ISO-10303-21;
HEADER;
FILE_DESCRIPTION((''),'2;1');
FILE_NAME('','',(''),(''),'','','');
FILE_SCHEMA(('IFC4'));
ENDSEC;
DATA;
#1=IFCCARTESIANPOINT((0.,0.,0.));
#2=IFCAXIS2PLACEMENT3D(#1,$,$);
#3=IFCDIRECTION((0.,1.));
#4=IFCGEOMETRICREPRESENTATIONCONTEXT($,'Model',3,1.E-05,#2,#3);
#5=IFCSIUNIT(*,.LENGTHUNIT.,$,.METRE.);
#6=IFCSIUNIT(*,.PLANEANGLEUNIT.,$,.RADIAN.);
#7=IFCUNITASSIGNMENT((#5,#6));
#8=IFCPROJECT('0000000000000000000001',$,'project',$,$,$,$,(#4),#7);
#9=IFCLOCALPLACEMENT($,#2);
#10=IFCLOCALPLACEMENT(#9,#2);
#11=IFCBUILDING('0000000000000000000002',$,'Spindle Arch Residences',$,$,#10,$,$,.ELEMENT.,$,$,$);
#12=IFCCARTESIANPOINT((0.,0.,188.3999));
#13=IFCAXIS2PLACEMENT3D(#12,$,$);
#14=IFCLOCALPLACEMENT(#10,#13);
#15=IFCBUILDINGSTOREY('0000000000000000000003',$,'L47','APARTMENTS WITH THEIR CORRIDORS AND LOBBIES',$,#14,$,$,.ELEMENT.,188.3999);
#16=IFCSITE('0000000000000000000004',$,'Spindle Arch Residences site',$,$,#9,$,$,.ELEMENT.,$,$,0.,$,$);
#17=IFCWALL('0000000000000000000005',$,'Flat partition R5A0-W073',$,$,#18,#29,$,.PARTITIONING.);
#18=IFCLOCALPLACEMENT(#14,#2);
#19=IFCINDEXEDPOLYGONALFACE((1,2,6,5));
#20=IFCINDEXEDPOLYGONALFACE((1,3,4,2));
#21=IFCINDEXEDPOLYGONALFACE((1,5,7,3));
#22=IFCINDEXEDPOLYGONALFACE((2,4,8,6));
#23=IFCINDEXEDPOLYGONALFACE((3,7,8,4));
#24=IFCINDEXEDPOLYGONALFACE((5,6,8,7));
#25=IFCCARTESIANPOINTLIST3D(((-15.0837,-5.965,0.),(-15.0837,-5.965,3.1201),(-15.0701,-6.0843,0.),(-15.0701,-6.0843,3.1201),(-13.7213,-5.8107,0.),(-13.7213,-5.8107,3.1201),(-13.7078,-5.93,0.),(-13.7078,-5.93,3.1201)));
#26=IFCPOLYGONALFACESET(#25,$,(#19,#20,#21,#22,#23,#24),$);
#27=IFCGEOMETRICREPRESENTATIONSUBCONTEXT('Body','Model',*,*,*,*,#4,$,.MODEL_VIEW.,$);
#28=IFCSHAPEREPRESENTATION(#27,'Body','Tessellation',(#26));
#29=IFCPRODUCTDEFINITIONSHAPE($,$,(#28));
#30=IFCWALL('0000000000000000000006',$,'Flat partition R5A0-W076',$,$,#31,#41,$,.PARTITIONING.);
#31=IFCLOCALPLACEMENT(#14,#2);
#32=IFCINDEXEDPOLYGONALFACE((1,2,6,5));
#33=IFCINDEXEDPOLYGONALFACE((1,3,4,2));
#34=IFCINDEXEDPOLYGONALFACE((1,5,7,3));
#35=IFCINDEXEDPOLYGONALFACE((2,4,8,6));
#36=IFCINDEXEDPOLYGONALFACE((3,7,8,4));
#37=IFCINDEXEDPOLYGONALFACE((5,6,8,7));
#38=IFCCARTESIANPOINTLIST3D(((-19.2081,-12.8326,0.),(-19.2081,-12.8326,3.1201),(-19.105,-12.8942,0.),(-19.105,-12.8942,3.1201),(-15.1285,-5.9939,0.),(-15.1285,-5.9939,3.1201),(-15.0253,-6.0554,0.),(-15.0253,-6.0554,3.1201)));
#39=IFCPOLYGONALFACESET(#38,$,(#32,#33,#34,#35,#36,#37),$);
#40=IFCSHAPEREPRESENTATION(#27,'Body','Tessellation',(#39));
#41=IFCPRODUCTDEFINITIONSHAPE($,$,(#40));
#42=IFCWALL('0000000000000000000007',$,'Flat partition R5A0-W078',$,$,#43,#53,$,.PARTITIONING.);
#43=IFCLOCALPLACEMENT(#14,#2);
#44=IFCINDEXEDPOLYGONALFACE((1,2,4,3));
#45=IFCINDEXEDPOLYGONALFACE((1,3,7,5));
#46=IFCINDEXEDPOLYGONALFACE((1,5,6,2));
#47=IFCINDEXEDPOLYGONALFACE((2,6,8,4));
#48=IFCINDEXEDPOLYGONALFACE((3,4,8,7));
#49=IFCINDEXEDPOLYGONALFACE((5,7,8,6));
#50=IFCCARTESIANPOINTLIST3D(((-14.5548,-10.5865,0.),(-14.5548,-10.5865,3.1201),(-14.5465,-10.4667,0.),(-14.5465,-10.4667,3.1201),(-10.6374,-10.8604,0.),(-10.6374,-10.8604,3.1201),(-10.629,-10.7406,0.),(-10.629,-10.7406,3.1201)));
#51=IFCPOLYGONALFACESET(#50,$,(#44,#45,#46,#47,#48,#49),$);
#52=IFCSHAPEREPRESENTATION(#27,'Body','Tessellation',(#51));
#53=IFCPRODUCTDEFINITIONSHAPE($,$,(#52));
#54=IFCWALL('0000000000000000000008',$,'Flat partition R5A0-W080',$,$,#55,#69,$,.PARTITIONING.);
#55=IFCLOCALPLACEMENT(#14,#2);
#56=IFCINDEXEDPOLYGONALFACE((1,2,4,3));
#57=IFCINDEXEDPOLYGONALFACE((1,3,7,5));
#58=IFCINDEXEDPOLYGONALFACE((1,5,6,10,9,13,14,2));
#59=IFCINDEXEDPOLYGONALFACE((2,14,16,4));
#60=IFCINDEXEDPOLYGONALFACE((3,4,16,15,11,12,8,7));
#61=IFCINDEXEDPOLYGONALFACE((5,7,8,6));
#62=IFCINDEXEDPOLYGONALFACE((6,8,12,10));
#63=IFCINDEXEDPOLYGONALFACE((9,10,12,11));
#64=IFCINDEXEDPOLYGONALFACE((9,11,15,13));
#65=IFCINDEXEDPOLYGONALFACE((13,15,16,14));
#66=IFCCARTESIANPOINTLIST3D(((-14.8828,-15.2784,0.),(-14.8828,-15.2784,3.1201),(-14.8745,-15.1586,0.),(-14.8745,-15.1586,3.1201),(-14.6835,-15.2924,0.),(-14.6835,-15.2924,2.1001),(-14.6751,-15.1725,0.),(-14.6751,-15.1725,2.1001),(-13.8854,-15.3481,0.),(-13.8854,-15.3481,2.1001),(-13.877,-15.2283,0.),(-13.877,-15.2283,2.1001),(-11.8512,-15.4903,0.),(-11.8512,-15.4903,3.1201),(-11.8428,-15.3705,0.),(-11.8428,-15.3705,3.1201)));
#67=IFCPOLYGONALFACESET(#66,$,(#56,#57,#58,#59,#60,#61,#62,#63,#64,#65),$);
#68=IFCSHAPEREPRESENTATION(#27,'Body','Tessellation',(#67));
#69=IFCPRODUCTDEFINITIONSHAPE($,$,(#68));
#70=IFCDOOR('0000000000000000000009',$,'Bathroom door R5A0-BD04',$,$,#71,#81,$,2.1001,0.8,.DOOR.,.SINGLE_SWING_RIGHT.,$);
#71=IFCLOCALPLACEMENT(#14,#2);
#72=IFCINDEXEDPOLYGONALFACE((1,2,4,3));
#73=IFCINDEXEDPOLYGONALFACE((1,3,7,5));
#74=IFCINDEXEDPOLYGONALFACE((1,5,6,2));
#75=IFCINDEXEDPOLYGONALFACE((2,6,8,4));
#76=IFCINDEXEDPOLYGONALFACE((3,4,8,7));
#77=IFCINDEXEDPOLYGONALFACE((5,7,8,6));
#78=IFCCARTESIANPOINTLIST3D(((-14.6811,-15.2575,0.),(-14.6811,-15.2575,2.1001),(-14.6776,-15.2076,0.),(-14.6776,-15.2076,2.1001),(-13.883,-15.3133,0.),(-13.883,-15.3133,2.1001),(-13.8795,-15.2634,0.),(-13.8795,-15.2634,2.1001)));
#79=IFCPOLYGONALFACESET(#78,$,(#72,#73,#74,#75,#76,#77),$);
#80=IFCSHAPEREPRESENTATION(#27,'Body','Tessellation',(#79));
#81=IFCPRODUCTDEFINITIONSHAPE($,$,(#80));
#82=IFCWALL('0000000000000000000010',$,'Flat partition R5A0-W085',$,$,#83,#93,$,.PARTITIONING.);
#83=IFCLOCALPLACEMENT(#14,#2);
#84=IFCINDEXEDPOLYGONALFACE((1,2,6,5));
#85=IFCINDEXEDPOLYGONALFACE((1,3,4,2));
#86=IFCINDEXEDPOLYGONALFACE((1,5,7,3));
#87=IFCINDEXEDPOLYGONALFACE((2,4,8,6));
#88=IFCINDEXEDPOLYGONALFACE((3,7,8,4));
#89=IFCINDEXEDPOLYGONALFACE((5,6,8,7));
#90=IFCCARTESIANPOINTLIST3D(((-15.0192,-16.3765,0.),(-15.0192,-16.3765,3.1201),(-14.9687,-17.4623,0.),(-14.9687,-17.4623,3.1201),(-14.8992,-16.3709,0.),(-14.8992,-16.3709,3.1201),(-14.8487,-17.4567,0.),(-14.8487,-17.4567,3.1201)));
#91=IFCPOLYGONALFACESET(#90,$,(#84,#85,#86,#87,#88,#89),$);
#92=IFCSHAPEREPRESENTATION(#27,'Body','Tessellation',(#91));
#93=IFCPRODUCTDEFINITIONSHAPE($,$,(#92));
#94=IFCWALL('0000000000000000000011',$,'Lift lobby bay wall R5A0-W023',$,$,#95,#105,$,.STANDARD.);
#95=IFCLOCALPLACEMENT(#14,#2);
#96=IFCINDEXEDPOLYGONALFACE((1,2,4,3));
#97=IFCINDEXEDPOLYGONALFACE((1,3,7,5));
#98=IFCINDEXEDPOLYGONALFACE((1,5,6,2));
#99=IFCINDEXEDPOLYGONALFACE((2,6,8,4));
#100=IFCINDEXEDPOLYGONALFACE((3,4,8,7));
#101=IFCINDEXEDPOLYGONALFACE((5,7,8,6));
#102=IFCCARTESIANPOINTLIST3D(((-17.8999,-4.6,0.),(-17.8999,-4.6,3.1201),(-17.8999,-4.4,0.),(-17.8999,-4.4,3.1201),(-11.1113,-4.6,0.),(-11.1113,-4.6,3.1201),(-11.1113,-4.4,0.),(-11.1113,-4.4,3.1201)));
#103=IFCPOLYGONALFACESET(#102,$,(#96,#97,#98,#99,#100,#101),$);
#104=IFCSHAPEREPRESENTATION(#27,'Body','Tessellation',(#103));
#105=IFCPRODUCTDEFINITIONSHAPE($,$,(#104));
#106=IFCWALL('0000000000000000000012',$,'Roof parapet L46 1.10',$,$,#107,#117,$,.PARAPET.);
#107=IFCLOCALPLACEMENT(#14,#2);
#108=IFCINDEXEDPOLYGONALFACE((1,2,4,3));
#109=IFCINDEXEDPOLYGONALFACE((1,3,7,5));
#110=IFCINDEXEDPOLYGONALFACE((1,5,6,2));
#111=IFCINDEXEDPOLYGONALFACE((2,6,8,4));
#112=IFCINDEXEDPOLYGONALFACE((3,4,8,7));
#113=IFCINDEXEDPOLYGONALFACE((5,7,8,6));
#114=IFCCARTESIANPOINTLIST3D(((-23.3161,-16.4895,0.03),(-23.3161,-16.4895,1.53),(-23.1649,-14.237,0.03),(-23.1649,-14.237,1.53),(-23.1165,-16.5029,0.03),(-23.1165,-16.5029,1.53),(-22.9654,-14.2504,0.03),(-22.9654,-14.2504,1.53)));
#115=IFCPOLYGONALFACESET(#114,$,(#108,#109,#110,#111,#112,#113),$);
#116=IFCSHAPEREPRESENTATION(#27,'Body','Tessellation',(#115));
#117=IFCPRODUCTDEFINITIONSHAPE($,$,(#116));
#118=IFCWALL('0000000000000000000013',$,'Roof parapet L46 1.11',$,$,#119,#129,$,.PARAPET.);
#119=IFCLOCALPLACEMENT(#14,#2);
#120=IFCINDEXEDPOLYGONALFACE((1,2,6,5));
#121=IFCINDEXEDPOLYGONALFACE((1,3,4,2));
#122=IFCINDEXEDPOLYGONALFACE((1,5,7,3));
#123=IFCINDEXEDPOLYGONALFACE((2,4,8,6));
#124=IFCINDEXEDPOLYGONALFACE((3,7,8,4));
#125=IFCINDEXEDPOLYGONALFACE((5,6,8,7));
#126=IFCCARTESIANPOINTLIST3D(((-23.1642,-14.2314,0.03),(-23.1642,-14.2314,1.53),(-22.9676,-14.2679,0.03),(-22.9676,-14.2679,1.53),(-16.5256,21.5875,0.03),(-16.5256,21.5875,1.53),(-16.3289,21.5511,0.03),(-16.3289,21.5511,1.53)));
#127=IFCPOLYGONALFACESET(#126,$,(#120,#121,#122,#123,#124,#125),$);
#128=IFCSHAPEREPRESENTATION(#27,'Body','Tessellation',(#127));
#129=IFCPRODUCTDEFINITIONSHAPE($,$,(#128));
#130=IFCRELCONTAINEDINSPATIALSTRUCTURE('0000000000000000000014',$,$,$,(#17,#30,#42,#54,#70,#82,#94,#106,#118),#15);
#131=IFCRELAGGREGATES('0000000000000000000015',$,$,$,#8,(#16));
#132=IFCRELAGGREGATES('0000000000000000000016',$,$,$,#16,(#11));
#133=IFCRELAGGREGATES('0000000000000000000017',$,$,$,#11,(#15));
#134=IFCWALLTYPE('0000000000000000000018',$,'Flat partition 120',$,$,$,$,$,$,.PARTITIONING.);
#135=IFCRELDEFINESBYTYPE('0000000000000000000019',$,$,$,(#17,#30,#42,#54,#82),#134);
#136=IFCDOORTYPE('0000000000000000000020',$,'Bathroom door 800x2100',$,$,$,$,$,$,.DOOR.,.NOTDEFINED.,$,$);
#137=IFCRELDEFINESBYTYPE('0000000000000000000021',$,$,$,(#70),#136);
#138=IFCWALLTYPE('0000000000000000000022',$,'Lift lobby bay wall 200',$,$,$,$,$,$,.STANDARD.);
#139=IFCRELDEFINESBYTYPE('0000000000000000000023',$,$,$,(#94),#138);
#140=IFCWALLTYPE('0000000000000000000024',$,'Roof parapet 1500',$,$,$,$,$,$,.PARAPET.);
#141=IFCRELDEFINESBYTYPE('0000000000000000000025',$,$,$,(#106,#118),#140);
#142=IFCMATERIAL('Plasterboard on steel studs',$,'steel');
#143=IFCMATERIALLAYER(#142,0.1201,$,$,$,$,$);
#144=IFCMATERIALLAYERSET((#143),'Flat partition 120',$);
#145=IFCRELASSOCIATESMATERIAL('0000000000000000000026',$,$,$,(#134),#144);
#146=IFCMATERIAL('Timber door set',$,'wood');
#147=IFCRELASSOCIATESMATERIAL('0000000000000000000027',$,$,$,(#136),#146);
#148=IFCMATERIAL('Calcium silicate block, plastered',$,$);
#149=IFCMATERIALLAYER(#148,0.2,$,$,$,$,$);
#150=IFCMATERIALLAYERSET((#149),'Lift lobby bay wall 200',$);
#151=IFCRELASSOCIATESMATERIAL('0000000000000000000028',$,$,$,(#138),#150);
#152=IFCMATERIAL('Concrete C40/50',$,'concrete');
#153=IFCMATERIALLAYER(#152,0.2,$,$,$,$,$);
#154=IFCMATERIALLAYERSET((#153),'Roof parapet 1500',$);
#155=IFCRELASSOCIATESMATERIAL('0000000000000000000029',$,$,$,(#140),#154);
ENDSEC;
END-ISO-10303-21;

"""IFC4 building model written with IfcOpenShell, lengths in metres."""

from ifc_helpers import new_model, si_unit, direction, frame, frame_2d, origin, place, context, subcontext, project, spatial, rectangle, extrude, material, layer, layer_set, type_object, element, fill, save


model = new_model("IFC4")

# Units and contexts
model_context = context("Model", 3, precision=1e-05, world=origin(), true_north=direction((0.0, 1.0)))
body_context = subcontext(model_context, "Body", "Model", "MODEL_VIEW")
ifc_project = project(units=[si_unit("LENGTHUNIT", "METRE"), si_unit("PLANEANGLEUNIT", "RADIAN")], contexts=[model_context])

# Site, building, storey
site_placement = place(None, origin())
site = spatial("IfcSite", under=ifc_project, at=site_placement, Name="Spindle Arch Residences site", CompositionType="ELEMENT", RefElevation=0.0)
building_placement = place(site_placement, origin())
building = spatial("IfcBuilding", under=site, at=building_placement, Name="Spindle Arch Residences", CompositionType="ELEMENT")
storey_placement = place(building_placement, frame((0.0, 0.0, 188.3999)))
storey = spatial("IfcBuildingStorey", under=building, at=storey_placement, Name="L47", Description="APARTMENTS WITH THEIR CORRIDORS AND LOBBIES", CompositionType="ELEMENT", Elevation=188.3999)

# Shared definitions
ifc_material_1 = material(Name="Plasterboard on steel studs", Category="steel")
ifc_layer_1 = layer(ifc_material_1, 0.1201)
ifc_layer_set_1 = layer_set([ifc_layer_1], Name="Flat partition 120")
wall_type_1 = type_object("IfcWallType", Name="Flat partition 120", PredefinedType="PARTITIONING", material=ifc_layer_set_1)

# Walls
wall_1_placement = place(storey_placement, frame((-15.0769, -6.0247, 0.0), z_axis=(0.0, 0.0, 1.0), x_axis=(0.993647, 0.112542, 0.0)))
element("IfcWall", 1, at=wall_1_placement, inside=storey, type_object=wall_type_1, Name="Flat partition R5A0-W073", PredefinedType="PARTITIONING", context=body_context, shape_type="SweptSolid", body=[
    extrude(rectangle(XDim=1.3711, YDim=0.1201, at=frame_2d((0.6855, 0.0))), origin(), (0.0, 0.0, 1.0), 3.1201),
])
wall_2_placement = place(storey_placement, frame((-19.1565, -12.8633, 0.0), z_axis=(0.0, 0.0, 1.0), x_axis=(0.512316, 0.858797, 0.0)))
element("IfcWall", 2, at=wall_2_placement, inside=storey, type_object=wall_type_1, Name="Flat partition R5A0-W076", PredefinedType="PARTITIONING", context=body_context, shape_type="SweptSolid", body=[
    extrude(rectangle(XDim=7.9631, YDim=0.1201, at=frame_2d((3.9814, 0.0))), origin(), (0.0, 0.0, 1.0), 3.1201),
])
wall_3_placement = place(storey_placement, frame((-14.5505, -10.5266, 0.0), z_axis=(0.0, 0.0, 1.0), x_axis=(0.997564, -0.069754, 0.0)))
element("IfcWall", 3, at=wall_3_placement, inside=storey, type_object=wall_type_1, Name="Flat partition R5A0-W078", PredefinedType="PARTITIONING", context=body_context, shape_type="SweptSolid", body=[
    extrude(rectangle(XDim=3.927, YDim=0.1201, at=frame_2d((1.9634, 0.0))), origin(), (0.0, 0.0, 1.0), 3.1201),
])

# Wall, opening, door
wall_4_placement = place(storey_placement, frame((-14.8787, -15.2185, 0.0), z_axis=(0.0, 0.0, 1.0), x_axis=(0.997566, -0.069728, 0.0)))
wall_4 = element("IfcWall", 4, at=wall_4_placement, inside=storey, type_object=wall_type_1, Name="Flat partition R5A0-W080", PredefinedType="PARTITIONING", context=body_context, shape_type="SweptSolid", body=[
    extrude(rectangle(XDim=3.0391, YDim=0.1201, at=frame_2d((1.5195, 0.0))), origin(), (0.0, 0.0, 1.0), 3.1201),
])
opening_1_placement = place(wall_4_placement, frame((0.2, 0.0, 0.0)))
opening_1 = element("IfcOpeningElement", 5, at=opening_1_placement, cuts=wall_4, PredefinedType="OPENING", context=body_context, shape_type="SweptSolid", body=[
    extrude(rectangle(XDim=0.8, YDim=2.1001, at=frame_2d((0.3999, 1.05))), frame((0.0, 0.0701, 0.0), z_axis=(0.0, -1.0, 0.0), x_axis=(1.0, 0.0, 0.0)), (0.0, 0.0, 1.0), 0.1401),
])
ifc_material_2 = material(Name="Timber door set", Category="wood")
door_type_1 = type_object("IfcDoorType", Name="Bathroom door 800x2100", OperationType="NOTDEFINED", PredefinedType="DOOR", material=ifc_material_2)
door_1_placement = place(opening_1_placement, origin())
door_1 = element("IfcDoor", 6, at=door_1_placement, inside=storey, type_object=door_type_1, Name="Bathroom door R5A0-BD04", OperationType="SINGLE_SWING_RIGHT", OverallHeight=2.1001, OverallWidth=0.8, PredefinedType="DOOR", context=body_context, shape_type="SweptSolid", body=[
    extrude(rectangle(XDim=0.8, YDim=2.1001, at=frame_2d((0.3999, 1.05))), frame((0.0, 0.0249, 0.0), z_axis=(0.0, -1.0, 0.0), x_axis=(1.0, 0.0, 0.0)), (0.0, 0.0, 1.0), 0.05),
])
fill(opening_1, door_1)

# Walls
wall_5_placement = place(storey_placement, frame((-14.9087, -17.4595, 0.0), z_axis=(0.0, 0.0, 1.0), x_axis=(-0.046498, 0.998918, 0.0)))
element("IfcWall", 7, at=wall_5_placement, inside=storey, type_object=wall_type_1, Name="Flat partition R5A0-W085", PredefinedType="PARTITIONING", context=body_context, shape_type="SweptSolid", body=[
    extrude(rectangle(XDim=1.0869, YDim=0.1201, at=frame_2d((0.5435, 0.0))), origin(), (0.0, 0.0, 1.0), 3.1201),
])
ifc_material_3 = material(Name="Calcium silicate block, plastered")
ifc_layer_2 = layer(ifc_material_3, 0.2)
ifc_layer_set_2 = layer_set([ifc_layer_2], Name="Lift lobby bay wall 200")
wall_type_2 = type_object("IfcWallType", Name="Lift lobby bay wall 200", PredefinedType="STANDARD", material=ifc_layer_set_2)
wall_6_placement = place(storey_placement, frame((-17.8999, -4.5, 0.0), z_axis=(0.0, 0.0, 1.0), x_axis=(1.0, 0.0, 0.0)))
element("IfcWall", 8, at=wall_6_placement, inside=storey, type_object=wall_type_2, Name="Lift lobby bay wall R5A0-W023", PredefinedType="STANDARD", context=body_context, shape_type="SweptSolid", body=[
    extrude(rectangle(XDim=6.7886, YDim=0.2, at=frame_2d((3.3943, 0.0))), origin(), (0.0, 0.0, 1.0), 3.1201),
])
ifc_material_4 = material(Name="Concrete C40/50", Category="concrete")
ifc_layer_3 = layer(ifc_material_4, 0.2)
ifc_layer_set_3 = layer_set([ifc_layer_3], Name="Roof parapet 1500")
wall_type_3 = type_object("IfcWallType", Name="Roof parapet 1500", PredefinedType="PARAPET", material=ifc_layer_set_3)
wall_7_placement = place(storey_placement, frame((-23.2163, -16.4963, 0.03), z_axis=(0.0, 0.0, 1.0), x_axis=(0.066942, 0.997757, 0.0)))
element("IfcWall", 9, at=wall_7_placement, inside=storey, type_object=wall_type_3, Name="Roof parapet L46 1.10", PredefinedType="PARAPET", context=body_context, shape_type="SweptSolid", body=[
    extrude(rectangle(XDim=2.2576, YDim=0.2, at=frame_2d((1.1289, 0.0))), origin(), (0.0, 0.0, 1.0), 1.5),
])
wall_8_placement = place(storey_placement, frame((-23.0659, -14.2495, 0.03), z_axis=(0.0, 0.0, 1.0), x_axis=(0.182237, 0.983255, 0.0)))
element("IfcWall", 10, at=wall_8_placement, inside=storey, type_object=wall_type_3, Name="Roof parapet L46 1.11", PredefinedType="PARAPET", context=body_context, shape_type="SweptSolid", body=[
    extrude(rectangle(XDim=36.429, YDim=0.2, at=frame_2d((18.2144, 0.0))), origin(), (0.0, 0.0, 1.0), 1.5),
])

save(model, "model.ifc")
